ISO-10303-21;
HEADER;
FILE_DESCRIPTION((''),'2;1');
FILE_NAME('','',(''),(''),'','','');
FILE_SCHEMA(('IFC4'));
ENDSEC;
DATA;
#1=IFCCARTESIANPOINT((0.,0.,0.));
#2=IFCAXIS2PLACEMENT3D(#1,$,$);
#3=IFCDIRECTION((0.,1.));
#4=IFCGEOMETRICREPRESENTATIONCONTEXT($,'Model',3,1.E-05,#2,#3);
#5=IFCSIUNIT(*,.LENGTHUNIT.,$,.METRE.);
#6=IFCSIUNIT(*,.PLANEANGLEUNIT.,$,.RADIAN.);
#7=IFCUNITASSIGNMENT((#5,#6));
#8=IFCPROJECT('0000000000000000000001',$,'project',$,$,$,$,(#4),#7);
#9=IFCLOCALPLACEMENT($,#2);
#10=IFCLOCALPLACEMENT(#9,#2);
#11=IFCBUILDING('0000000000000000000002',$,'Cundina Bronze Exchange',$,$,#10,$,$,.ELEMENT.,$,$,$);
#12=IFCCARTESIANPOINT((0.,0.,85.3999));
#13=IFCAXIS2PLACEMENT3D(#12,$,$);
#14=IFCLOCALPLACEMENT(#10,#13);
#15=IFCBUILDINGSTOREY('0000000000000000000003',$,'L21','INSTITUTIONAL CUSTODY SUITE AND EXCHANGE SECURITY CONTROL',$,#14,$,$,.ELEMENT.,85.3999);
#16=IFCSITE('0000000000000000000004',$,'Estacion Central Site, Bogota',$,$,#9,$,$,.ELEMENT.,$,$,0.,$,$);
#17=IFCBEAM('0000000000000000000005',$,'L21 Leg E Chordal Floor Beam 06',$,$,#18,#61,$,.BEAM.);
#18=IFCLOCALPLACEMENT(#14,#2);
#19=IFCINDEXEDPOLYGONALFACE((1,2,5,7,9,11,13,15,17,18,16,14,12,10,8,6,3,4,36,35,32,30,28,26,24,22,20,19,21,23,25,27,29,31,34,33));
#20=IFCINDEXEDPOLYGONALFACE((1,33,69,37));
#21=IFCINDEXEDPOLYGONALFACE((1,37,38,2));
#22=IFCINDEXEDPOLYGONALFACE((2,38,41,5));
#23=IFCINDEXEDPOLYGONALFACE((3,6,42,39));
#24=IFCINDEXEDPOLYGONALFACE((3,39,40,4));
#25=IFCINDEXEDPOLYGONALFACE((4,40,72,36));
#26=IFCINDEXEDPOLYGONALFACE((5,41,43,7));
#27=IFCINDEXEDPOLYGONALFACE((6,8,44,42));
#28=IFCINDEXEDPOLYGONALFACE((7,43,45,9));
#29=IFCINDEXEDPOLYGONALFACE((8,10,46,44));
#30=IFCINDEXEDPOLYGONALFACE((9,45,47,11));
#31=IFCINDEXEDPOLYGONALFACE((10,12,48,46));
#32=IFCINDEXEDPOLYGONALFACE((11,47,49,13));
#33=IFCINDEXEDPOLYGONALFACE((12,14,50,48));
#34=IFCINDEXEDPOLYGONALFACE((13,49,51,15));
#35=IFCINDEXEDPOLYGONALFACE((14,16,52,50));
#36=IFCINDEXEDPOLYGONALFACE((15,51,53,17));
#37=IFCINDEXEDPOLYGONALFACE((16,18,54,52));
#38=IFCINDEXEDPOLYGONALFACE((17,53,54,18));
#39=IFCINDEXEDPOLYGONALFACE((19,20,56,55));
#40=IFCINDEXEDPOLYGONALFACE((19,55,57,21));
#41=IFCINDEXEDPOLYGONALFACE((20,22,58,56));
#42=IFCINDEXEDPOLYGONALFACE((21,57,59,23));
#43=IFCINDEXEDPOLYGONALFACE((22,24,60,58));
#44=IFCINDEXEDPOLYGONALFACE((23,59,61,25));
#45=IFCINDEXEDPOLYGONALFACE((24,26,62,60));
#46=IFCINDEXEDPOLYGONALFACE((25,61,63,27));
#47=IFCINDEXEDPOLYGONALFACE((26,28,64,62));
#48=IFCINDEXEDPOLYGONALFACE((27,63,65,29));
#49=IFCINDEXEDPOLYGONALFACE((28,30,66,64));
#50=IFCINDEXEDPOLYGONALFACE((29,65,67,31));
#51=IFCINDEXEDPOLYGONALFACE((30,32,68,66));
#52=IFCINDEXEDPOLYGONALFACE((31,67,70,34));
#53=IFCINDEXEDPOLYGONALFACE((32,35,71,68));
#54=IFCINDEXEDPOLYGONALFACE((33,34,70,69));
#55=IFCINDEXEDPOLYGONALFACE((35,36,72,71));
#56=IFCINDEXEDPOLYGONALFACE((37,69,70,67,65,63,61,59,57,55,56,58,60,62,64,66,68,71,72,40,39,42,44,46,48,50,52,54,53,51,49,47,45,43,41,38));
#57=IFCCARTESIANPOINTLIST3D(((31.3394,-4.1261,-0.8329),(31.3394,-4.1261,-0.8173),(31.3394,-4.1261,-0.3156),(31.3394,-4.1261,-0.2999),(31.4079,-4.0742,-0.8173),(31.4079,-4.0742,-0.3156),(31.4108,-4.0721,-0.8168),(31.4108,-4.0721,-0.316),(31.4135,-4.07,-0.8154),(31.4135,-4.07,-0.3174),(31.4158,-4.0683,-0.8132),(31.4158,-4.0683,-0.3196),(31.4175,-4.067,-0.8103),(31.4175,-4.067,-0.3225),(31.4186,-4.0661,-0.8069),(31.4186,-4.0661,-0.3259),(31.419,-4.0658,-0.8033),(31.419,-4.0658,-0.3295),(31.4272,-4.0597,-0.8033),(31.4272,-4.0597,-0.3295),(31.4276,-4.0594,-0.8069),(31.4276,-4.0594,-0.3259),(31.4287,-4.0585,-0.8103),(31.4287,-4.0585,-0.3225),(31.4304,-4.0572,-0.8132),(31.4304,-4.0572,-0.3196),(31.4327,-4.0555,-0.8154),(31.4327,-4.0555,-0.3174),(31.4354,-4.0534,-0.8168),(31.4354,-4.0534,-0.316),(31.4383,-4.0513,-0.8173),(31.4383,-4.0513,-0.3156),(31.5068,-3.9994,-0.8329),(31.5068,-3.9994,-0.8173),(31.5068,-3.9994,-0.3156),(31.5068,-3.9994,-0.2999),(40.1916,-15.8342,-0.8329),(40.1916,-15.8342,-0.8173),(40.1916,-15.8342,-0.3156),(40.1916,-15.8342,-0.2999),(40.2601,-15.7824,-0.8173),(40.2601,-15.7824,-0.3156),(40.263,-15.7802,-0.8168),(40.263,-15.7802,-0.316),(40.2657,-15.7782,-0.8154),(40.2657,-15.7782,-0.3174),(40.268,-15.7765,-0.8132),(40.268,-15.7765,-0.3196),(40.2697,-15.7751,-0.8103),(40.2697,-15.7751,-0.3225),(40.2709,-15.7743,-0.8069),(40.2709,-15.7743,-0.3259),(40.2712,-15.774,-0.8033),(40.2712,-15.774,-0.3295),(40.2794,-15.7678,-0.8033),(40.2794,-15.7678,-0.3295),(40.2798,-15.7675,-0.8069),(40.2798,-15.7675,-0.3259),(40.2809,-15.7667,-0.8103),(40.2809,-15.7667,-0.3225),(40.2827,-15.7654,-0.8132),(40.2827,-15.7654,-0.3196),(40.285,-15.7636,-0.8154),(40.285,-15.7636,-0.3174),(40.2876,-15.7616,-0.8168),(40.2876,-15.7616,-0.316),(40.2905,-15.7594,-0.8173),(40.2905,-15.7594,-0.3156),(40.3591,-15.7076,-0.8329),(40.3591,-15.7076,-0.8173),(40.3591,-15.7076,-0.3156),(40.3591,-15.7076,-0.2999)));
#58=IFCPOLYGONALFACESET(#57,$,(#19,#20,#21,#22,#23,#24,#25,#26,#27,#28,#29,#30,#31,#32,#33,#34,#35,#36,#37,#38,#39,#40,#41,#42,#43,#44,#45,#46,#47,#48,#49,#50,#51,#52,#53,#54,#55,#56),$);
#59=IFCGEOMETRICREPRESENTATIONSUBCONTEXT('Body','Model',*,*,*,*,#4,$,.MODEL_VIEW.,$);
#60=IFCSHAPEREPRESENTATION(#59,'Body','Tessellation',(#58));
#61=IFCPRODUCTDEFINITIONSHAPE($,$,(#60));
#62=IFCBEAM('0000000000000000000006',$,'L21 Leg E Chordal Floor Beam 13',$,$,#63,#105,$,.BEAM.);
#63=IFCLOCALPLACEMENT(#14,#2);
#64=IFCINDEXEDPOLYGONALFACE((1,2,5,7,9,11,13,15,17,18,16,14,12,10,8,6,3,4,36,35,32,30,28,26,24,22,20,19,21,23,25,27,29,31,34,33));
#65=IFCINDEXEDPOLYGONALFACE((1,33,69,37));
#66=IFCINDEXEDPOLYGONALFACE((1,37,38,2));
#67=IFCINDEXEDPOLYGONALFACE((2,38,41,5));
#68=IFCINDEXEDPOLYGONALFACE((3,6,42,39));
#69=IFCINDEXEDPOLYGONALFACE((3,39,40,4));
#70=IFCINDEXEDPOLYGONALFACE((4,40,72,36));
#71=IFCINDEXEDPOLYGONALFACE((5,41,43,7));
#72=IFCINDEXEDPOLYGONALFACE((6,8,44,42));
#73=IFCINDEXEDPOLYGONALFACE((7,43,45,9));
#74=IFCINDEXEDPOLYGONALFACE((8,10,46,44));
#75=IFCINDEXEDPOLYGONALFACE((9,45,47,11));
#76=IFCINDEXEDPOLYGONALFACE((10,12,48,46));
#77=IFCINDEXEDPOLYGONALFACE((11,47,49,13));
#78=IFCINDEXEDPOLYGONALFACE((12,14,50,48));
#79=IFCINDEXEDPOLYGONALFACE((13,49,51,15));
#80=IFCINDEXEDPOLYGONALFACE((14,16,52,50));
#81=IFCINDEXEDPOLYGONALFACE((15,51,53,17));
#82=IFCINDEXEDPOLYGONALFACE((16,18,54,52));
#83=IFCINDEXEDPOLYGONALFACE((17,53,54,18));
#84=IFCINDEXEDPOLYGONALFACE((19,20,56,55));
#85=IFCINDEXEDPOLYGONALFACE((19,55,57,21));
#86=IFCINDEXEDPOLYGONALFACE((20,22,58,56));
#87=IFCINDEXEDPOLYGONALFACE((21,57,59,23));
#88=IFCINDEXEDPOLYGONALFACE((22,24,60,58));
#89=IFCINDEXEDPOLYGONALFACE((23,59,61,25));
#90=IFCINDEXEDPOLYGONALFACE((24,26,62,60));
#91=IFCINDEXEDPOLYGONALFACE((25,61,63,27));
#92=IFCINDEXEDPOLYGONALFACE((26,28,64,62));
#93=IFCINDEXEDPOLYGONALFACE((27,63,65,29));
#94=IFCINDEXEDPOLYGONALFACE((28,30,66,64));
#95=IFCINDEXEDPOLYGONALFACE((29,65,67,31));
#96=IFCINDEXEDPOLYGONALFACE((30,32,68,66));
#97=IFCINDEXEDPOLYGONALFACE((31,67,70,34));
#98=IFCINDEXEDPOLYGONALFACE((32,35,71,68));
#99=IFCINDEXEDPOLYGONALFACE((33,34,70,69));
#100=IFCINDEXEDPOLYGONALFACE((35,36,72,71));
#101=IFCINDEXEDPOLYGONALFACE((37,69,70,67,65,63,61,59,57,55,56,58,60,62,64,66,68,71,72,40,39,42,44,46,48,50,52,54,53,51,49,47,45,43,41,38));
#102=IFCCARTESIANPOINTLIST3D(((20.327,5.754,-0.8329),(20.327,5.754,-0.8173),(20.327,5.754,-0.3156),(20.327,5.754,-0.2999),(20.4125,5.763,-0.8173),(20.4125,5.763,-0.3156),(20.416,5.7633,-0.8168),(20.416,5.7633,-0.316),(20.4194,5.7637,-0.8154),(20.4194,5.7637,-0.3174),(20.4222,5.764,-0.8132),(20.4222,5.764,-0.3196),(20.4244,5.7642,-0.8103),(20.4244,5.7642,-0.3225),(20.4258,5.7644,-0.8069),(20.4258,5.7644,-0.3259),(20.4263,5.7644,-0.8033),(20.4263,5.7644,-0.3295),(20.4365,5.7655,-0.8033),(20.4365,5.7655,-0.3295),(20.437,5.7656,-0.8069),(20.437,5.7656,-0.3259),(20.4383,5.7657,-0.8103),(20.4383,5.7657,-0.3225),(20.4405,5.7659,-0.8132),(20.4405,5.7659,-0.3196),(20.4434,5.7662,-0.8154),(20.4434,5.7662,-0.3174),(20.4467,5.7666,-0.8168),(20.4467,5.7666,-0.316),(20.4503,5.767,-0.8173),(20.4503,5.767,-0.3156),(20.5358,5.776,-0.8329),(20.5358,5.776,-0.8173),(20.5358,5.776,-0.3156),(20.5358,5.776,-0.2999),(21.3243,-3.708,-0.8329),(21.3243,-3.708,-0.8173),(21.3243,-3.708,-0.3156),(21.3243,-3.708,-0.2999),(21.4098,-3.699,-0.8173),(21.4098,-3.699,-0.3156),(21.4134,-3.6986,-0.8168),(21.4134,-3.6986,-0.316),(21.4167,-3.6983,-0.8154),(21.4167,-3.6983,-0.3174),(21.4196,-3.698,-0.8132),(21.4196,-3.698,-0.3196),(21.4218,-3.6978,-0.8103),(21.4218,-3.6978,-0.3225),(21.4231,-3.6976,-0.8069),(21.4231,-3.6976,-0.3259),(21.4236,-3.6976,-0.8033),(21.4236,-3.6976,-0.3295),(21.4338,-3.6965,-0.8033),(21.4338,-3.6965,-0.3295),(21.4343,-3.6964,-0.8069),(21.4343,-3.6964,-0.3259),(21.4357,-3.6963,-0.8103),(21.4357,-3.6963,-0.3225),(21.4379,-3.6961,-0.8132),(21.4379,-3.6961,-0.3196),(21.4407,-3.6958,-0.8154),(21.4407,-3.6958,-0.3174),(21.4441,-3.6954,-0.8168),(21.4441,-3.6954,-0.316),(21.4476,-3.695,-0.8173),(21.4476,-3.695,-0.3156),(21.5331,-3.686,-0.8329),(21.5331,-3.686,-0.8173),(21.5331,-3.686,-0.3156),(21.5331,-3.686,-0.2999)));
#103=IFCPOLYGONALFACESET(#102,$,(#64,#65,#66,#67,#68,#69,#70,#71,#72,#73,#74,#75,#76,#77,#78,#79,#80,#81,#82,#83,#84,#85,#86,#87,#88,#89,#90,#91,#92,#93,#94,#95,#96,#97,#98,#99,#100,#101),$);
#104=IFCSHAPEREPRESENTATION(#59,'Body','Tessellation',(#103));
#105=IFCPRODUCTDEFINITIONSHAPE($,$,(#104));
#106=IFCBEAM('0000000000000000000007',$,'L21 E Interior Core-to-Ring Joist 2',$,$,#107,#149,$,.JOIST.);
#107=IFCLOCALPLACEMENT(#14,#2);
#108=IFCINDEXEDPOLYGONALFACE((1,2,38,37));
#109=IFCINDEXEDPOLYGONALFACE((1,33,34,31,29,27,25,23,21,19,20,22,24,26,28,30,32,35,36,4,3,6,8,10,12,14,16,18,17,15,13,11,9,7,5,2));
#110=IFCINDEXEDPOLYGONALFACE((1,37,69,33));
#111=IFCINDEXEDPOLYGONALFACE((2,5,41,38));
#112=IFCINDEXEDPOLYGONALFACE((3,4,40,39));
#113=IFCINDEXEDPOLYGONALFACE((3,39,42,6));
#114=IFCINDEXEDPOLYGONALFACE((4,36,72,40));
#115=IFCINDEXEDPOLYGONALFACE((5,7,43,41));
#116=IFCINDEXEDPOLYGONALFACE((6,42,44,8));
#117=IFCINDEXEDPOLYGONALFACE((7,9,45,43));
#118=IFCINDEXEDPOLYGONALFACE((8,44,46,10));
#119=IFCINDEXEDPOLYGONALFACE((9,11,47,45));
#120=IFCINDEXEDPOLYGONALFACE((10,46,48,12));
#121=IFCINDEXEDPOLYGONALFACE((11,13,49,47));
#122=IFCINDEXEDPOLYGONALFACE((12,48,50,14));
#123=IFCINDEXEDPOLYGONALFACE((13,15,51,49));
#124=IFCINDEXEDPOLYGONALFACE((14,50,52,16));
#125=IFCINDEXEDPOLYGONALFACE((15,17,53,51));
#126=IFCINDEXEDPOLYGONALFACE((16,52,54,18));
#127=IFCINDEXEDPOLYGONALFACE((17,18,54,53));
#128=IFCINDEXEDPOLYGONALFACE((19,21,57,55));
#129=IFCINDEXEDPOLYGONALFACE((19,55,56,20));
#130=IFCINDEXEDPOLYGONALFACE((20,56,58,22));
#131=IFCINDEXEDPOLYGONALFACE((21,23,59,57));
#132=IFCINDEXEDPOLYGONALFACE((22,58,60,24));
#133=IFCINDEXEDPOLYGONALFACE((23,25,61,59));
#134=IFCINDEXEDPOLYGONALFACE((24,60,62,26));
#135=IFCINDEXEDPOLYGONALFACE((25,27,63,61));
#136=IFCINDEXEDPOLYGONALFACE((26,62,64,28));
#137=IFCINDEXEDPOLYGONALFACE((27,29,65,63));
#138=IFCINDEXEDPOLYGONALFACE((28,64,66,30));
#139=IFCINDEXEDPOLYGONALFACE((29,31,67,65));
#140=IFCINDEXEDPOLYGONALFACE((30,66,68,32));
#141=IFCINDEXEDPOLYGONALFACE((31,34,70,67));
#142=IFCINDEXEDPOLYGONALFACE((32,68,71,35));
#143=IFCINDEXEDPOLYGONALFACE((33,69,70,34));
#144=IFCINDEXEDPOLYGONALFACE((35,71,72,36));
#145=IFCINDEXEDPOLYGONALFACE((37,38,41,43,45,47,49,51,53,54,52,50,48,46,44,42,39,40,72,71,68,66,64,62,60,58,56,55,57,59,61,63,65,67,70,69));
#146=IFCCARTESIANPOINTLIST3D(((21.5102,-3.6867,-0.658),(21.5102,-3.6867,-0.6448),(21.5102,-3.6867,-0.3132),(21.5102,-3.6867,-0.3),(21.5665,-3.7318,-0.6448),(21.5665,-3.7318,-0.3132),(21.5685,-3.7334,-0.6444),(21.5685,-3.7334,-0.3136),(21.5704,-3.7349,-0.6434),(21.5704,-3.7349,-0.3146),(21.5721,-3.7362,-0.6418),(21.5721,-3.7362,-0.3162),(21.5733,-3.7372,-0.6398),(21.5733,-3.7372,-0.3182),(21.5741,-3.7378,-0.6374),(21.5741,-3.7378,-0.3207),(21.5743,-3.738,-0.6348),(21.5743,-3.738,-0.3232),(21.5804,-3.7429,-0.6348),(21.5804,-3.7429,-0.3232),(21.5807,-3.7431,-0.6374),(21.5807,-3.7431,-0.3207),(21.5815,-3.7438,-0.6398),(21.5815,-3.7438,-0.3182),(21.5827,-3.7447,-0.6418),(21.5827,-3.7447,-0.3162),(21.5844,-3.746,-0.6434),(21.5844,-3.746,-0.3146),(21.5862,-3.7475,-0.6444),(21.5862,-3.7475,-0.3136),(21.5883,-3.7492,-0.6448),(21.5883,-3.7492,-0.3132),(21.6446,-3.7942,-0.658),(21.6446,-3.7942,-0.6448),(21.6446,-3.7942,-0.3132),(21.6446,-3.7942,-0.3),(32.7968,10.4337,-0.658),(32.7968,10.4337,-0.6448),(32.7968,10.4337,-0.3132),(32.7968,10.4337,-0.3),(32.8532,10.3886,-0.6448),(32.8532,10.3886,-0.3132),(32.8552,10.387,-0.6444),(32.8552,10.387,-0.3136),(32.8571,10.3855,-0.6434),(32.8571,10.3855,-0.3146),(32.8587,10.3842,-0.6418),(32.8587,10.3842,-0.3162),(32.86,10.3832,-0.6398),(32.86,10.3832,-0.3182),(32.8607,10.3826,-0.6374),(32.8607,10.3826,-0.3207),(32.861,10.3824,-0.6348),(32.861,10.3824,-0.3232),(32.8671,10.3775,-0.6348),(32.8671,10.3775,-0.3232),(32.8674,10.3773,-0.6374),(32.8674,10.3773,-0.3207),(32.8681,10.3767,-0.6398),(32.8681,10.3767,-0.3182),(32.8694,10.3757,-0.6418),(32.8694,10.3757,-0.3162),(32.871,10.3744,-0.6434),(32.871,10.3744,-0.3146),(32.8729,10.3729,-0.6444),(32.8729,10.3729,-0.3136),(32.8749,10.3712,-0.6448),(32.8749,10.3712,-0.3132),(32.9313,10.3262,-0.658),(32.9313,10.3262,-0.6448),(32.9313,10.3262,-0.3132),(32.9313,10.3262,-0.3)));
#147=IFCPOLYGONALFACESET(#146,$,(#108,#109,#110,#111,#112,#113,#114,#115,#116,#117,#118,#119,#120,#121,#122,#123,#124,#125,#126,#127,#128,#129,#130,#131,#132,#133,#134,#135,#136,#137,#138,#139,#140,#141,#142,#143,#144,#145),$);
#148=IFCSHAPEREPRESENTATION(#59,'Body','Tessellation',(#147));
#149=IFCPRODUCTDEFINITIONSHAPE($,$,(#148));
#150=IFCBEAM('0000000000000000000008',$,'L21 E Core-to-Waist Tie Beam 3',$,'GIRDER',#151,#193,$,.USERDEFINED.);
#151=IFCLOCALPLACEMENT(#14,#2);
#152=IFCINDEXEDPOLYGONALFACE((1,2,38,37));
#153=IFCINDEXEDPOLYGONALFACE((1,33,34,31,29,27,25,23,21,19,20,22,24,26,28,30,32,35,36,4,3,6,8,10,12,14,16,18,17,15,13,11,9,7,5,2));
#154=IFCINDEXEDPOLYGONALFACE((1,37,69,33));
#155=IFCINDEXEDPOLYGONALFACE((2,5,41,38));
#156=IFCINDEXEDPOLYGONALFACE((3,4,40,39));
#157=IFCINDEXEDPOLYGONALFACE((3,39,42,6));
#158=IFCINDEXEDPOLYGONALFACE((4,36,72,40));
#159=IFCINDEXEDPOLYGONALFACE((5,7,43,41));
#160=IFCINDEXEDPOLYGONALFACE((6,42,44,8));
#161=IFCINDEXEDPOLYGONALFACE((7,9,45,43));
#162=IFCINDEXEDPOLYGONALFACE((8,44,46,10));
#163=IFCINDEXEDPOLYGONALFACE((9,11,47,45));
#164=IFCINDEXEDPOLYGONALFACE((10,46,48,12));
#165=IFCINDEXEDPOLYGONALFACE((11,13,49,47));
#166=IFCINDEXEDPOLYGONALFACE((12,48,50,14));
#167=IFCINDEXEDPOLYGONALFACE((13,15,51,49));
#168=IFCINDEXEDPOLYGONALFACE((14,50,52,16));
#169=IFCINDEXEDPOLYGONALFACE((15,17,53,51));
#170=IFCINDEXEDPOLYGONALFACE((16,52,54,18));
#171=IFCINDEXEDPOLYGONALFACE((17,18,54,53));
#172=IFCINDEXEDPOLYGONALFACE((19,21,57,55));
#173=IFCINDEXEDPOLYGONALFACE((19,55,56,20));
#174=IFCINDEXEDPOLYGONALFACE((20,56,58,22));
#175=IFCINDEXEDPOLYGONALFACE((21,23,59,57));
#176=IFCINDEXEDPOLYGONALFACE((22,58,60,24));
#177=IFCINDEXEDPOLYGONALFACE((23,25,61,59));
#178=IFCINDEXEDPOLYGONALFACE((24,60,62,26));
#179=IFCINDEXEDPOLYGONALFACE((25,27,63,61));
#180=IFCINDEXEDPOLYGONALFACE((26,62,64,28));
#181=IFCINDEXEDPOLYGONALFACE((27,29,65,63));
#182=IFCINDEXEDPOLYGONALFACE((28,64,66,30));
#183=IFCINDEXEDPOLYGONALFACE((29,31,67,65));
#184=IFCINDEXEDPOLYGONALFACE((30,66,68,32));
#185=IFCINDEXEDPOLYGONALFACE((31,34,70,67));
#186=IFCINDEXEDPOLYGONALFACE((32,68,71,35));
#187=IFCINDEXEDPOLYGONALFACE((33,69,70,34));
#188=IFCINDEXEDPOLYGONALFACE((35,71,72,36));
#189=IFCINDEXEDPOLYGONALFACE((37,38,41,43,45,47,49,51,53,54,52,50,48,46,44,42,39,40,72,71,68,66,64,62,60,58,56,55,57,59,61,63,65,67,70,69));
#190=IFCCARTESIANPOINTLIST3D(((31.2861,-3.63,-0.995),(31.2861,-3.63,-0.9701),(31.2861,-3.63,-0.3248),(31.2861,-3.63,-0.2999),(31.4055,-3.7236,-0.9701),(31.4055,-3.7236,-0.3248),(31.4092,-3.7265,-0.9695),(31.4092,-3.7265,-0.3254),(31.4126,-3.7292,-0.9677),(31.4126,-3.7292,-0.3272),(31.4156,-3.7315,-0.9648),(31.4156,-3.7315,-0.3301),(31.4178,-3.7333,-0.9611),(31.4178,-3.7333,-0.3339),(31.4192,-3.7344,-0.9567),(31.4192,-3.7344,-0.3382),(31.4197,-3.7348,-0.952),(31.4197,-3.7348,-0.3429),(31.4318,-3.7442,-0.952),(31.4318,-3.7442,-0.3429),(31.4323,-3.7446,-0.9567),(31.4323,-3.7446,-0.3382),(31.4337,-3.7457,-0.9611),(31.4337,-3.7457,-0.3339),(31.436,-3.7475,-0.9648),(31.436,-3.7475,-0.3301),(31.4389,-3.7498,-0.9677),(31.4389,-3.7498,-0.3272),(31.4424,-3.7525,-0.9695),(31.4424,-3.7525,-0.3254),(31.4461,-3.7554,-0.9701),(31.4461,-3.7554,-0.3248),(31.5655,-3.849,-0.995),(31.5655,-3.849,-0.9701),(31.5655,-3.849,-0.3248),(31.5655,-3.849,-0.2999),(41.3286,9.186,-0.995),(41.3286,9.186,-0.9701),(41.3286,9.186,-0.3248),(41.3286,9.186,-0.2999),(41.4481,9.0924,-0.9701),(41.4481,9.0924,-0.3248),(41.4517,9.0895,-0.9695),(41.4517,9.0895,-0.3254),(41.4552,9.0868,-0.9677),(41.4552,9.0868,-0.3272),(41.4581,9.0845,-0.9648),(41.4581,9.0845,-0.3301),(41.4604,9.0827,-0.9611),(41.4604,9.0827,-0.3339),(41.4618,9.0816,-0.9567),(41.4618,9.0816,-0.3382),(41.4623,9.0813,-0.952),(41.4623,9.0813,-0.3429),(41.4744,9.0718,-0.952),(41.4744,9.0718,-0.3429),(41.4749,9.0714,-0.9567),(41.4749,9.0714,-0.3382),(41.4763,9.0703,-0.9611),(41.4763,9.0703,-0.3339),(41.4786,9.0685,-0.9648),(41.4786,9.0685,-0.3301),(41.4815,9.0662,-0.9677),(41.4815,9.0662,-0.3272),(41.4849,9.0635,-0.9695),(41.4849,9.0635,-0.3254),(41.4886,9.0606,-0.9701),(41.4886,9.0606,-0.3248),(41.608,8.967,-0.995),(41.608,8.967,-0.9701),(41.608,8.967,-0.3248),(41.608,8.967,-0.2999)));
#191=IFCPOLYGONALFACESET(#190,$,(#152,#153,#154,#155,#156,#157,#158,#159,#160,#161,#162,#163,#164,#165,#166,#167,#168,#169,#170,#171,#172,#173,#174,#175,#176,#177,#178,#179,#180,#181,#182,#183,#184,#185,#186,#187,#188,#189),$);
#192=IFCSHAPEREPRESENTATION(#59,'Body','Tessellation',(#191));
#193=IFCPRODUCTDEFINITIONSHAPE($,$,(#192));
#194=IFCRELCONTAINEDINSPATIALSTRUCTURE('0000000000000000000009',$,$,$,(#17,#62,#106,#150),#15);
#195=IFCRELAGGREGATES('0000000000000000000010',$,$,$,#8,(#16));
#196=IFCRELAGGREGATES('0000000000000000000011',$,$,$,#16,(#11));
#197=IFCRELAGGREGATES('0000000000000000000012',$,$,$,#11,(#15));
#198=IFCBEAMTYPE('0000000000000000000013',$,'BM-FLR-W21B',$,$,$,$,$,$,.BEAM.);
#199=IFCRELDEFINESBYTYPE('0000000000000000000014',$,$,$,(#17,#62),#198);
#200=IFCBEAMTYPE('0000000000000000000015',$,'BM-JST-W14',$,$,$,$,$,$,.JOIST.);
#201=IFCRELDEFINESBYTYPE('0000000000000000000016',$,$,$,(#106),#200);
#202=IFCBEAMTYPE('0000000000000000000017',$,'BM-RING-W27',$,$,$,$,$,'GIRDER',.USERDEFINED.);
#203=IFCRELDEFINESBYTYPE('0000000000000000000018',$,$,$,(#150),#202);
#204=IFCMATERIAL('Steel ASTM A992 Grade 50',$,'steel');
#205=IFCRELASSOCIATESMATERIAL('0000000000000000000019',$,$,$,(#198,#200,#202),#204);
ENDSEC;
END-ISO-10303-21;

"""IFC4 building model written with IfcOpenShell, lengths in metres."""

from ifc_helpers import new_model, si_unit, direction, frame, origin, origin_2d, place, context, subcontext, project, spatial, i_section, extrude, material, material_profile, profile_set, type_object, element, save


model = new_model("IFC4")

# Units and contexts
model_context = context("Model", 3, precision=1e-05, world=origin(), true_north=direction((0.0, 1.0)))
body_context = subcontext(model_context, "Body", "Model", "MODEL_VIEW")
ifc_project = project(units=[si_unit("LENGTHUNIT", "METRE"), si_unit("PLANEANGLEUNIT", "RADIAN")], contexts=[model_context])

# Site, building, storey
site_placement = place(None, origin())
site = spatial("IfcSite", under=ifc_project, at=site_placement, Name="Estacion Central Site, Bogota", CompositionType="ELEMENT", RefElevation=0.0)
building_placement = place(site_placement, origin())
building = spatial("IfcBuilding", under=site, at=building_placement, Name="Cundina Bronze Exchange", CompositionType="ELEMENT")
storey_placement = place(building_placement, frame((0.0, 0.0, 85.3999)))
storey = spatial("IfcBuildingStorey", under=building, at=storey_placement, Name="L21", Description="INSTITUTIONAL CUSTODY SUITE AND EXCHANGE SECURITY CONTROL", CompositionType="ELEMENT", Elevation=85.3999)

# Shared definitions
ifc_material_1 = material(Name="Steel ASTM A992 Grade 50", Category="steel")

# Beams
ifc_material_profile_1 = material_profile(ifc_material_1, i_section(OverallWidth=0.21, OverallDepth=0.533, WebThickness=0.0103, FlangeThickness=0.0156, FilletRadius=0.0139, at=origin_2d()), Name="W21X62", Category="steel")
ifc_profile_set_1 = profile_set([ifc_material_profile_1], Name="Steel ASTM A992 Grade 50")
beam_type_1 = type_object("IfcBeamType", Name="BM-FLR-W21B", PredefinedType="BEAM", material=ifc_profile_set_1)
beam_1_placement = place(storey_placement, frame((31.4231, -4.0627, -0.5664), z_axis=(0.603096, -0.797669, 0.0), x_axis=(0.797669, 0.603096, 0.0)))
element("IfcBeam", 1, at=beam_1_placement, inside=storey, type_object=beam_type_1, Name="L21 Leg E Chordal Floor Beam 06", PredefinedType="BEAM", context=body_context, shape_type="SweptSolid", body=[
    extrude(i_section(OverallWidth=0.21, OverallDepth=0.533, WebThickness=0.0103, FlangeThickness=0.0156, FilletRadius=0.0139, at=origin_2d()), origin(), (0.0, 0.0, 1.0), 14.678),
])
beam_2_placement = place(storey_placement, frame((21.4287, -3.697, -0.5664), z_axis=(-0.104822, 0.994491, 0.0), x_axis=(-0.994491, -0.104822, 0.0)))
element("IfcBeam", 2, at=beam_2_placement, inside=storey, type_object=beam_type_1, Name="L21 Leg E Chordal Floor Beam 13", PredefinedType="BEAM", context=body_context, shape_type="SweptSolid", body=[
    extrude(i_section(OverallWidth=0.21, OverallDepth=0.533, WebThickness=0.0103, FlangeThickness=0.0156, FilletRadius=0.0139, at=origin_2d()), origin(), (0.0, 0.0, 1.0), 9.5144),
])
ifc_material_profile_2 = material_profile(ifc_material_1, i_section(OverallWidth=0.1721, OverallDepth=0.3579, WebThickness=0.0078, FlangeThickness=0.0132, FilletRadius=0.01, at=origin_2d()), Name="W14X38", Category="steel")
ifc_profile_set_2 = profile_set([ifc_material_profile_2], Name="Steel ASTM A992 Grade 50")
beam_type_2 = type_object("IfcBeamType", Name="BM-JST-W14", PredefinedType="JOIST", material=ifc_profile_set_2)
beam_3_placement = place(storey_placement, frame((21.5774, -3.7405, -0.479), z_axis=(0.624369, 0.78113, 0.0), x_axis=(-0.78113, 0.624369, 0.0)))
element("IfcBeam", 3, at=beam_3_placement, inside=storey, type_object=beam_type_2, Name="L21 E Interior Core-to-Ring Joist 2", PredefinedType="JOIST", context=body_context, shape_type="SweptSolid", body=[
    extrude(i_section(OverallWidth=0.1721, OverallDepth=0.3579, WebThickness=0.0078, FlangeThickness=0.0132, FilletRadius=0.01, at=origin_2d()), origin(), (0.0, 0.0, 1.0), 18.0769),
])
ifc_material_profile_3 = material_profile(ifc_material_1, i_section(OverallWidth=0.355, OverallDepth=0.6951, WebThickness=0.0154, FlangeThickness=0.0249, FilletRadius=0.0181, at=origin_2d()), Name="W27X146", Category="steel")
ifc_profile_set_3 = profile_set([ifc_material_profile_3], Name="Steel ASTM A992 Grade 50")
beam_type_3 = type_object("IfcBeamType", Name="BM-RING-W27", ElementType="GIRDER", PredefinedType="USERDEFINED", material=ifc_profile_set_3)
beam_4_placement = place(storey_placement, frame((31.4258, -3.7395, -0.6475), z_axis=(0.616789, 0.787128, 0.0), x_axis=(-0.787128, 0.616789, 0.0)))
element("IfcBeam", 4, at=beam_4_placement, inside=storey, type_object=beam_type_3, Name="L21 E Core-to-Waist Tie Beam 3", ObjectType="GIRDER", PredefinedType="USERDEFINED", context=body_context, shape_type="SweptSolid", body=[
    extrude(i_section(OverallWidth=0.355, OverallDepth=0.6951, WebThickness=0.0154, FlangeThickness=0.0249, FilletRadius=0.0181, at=origin_2d()), origin(), (0.0, 0.0, 1.0), 16.282),
])

save(model, "model.ifc")
